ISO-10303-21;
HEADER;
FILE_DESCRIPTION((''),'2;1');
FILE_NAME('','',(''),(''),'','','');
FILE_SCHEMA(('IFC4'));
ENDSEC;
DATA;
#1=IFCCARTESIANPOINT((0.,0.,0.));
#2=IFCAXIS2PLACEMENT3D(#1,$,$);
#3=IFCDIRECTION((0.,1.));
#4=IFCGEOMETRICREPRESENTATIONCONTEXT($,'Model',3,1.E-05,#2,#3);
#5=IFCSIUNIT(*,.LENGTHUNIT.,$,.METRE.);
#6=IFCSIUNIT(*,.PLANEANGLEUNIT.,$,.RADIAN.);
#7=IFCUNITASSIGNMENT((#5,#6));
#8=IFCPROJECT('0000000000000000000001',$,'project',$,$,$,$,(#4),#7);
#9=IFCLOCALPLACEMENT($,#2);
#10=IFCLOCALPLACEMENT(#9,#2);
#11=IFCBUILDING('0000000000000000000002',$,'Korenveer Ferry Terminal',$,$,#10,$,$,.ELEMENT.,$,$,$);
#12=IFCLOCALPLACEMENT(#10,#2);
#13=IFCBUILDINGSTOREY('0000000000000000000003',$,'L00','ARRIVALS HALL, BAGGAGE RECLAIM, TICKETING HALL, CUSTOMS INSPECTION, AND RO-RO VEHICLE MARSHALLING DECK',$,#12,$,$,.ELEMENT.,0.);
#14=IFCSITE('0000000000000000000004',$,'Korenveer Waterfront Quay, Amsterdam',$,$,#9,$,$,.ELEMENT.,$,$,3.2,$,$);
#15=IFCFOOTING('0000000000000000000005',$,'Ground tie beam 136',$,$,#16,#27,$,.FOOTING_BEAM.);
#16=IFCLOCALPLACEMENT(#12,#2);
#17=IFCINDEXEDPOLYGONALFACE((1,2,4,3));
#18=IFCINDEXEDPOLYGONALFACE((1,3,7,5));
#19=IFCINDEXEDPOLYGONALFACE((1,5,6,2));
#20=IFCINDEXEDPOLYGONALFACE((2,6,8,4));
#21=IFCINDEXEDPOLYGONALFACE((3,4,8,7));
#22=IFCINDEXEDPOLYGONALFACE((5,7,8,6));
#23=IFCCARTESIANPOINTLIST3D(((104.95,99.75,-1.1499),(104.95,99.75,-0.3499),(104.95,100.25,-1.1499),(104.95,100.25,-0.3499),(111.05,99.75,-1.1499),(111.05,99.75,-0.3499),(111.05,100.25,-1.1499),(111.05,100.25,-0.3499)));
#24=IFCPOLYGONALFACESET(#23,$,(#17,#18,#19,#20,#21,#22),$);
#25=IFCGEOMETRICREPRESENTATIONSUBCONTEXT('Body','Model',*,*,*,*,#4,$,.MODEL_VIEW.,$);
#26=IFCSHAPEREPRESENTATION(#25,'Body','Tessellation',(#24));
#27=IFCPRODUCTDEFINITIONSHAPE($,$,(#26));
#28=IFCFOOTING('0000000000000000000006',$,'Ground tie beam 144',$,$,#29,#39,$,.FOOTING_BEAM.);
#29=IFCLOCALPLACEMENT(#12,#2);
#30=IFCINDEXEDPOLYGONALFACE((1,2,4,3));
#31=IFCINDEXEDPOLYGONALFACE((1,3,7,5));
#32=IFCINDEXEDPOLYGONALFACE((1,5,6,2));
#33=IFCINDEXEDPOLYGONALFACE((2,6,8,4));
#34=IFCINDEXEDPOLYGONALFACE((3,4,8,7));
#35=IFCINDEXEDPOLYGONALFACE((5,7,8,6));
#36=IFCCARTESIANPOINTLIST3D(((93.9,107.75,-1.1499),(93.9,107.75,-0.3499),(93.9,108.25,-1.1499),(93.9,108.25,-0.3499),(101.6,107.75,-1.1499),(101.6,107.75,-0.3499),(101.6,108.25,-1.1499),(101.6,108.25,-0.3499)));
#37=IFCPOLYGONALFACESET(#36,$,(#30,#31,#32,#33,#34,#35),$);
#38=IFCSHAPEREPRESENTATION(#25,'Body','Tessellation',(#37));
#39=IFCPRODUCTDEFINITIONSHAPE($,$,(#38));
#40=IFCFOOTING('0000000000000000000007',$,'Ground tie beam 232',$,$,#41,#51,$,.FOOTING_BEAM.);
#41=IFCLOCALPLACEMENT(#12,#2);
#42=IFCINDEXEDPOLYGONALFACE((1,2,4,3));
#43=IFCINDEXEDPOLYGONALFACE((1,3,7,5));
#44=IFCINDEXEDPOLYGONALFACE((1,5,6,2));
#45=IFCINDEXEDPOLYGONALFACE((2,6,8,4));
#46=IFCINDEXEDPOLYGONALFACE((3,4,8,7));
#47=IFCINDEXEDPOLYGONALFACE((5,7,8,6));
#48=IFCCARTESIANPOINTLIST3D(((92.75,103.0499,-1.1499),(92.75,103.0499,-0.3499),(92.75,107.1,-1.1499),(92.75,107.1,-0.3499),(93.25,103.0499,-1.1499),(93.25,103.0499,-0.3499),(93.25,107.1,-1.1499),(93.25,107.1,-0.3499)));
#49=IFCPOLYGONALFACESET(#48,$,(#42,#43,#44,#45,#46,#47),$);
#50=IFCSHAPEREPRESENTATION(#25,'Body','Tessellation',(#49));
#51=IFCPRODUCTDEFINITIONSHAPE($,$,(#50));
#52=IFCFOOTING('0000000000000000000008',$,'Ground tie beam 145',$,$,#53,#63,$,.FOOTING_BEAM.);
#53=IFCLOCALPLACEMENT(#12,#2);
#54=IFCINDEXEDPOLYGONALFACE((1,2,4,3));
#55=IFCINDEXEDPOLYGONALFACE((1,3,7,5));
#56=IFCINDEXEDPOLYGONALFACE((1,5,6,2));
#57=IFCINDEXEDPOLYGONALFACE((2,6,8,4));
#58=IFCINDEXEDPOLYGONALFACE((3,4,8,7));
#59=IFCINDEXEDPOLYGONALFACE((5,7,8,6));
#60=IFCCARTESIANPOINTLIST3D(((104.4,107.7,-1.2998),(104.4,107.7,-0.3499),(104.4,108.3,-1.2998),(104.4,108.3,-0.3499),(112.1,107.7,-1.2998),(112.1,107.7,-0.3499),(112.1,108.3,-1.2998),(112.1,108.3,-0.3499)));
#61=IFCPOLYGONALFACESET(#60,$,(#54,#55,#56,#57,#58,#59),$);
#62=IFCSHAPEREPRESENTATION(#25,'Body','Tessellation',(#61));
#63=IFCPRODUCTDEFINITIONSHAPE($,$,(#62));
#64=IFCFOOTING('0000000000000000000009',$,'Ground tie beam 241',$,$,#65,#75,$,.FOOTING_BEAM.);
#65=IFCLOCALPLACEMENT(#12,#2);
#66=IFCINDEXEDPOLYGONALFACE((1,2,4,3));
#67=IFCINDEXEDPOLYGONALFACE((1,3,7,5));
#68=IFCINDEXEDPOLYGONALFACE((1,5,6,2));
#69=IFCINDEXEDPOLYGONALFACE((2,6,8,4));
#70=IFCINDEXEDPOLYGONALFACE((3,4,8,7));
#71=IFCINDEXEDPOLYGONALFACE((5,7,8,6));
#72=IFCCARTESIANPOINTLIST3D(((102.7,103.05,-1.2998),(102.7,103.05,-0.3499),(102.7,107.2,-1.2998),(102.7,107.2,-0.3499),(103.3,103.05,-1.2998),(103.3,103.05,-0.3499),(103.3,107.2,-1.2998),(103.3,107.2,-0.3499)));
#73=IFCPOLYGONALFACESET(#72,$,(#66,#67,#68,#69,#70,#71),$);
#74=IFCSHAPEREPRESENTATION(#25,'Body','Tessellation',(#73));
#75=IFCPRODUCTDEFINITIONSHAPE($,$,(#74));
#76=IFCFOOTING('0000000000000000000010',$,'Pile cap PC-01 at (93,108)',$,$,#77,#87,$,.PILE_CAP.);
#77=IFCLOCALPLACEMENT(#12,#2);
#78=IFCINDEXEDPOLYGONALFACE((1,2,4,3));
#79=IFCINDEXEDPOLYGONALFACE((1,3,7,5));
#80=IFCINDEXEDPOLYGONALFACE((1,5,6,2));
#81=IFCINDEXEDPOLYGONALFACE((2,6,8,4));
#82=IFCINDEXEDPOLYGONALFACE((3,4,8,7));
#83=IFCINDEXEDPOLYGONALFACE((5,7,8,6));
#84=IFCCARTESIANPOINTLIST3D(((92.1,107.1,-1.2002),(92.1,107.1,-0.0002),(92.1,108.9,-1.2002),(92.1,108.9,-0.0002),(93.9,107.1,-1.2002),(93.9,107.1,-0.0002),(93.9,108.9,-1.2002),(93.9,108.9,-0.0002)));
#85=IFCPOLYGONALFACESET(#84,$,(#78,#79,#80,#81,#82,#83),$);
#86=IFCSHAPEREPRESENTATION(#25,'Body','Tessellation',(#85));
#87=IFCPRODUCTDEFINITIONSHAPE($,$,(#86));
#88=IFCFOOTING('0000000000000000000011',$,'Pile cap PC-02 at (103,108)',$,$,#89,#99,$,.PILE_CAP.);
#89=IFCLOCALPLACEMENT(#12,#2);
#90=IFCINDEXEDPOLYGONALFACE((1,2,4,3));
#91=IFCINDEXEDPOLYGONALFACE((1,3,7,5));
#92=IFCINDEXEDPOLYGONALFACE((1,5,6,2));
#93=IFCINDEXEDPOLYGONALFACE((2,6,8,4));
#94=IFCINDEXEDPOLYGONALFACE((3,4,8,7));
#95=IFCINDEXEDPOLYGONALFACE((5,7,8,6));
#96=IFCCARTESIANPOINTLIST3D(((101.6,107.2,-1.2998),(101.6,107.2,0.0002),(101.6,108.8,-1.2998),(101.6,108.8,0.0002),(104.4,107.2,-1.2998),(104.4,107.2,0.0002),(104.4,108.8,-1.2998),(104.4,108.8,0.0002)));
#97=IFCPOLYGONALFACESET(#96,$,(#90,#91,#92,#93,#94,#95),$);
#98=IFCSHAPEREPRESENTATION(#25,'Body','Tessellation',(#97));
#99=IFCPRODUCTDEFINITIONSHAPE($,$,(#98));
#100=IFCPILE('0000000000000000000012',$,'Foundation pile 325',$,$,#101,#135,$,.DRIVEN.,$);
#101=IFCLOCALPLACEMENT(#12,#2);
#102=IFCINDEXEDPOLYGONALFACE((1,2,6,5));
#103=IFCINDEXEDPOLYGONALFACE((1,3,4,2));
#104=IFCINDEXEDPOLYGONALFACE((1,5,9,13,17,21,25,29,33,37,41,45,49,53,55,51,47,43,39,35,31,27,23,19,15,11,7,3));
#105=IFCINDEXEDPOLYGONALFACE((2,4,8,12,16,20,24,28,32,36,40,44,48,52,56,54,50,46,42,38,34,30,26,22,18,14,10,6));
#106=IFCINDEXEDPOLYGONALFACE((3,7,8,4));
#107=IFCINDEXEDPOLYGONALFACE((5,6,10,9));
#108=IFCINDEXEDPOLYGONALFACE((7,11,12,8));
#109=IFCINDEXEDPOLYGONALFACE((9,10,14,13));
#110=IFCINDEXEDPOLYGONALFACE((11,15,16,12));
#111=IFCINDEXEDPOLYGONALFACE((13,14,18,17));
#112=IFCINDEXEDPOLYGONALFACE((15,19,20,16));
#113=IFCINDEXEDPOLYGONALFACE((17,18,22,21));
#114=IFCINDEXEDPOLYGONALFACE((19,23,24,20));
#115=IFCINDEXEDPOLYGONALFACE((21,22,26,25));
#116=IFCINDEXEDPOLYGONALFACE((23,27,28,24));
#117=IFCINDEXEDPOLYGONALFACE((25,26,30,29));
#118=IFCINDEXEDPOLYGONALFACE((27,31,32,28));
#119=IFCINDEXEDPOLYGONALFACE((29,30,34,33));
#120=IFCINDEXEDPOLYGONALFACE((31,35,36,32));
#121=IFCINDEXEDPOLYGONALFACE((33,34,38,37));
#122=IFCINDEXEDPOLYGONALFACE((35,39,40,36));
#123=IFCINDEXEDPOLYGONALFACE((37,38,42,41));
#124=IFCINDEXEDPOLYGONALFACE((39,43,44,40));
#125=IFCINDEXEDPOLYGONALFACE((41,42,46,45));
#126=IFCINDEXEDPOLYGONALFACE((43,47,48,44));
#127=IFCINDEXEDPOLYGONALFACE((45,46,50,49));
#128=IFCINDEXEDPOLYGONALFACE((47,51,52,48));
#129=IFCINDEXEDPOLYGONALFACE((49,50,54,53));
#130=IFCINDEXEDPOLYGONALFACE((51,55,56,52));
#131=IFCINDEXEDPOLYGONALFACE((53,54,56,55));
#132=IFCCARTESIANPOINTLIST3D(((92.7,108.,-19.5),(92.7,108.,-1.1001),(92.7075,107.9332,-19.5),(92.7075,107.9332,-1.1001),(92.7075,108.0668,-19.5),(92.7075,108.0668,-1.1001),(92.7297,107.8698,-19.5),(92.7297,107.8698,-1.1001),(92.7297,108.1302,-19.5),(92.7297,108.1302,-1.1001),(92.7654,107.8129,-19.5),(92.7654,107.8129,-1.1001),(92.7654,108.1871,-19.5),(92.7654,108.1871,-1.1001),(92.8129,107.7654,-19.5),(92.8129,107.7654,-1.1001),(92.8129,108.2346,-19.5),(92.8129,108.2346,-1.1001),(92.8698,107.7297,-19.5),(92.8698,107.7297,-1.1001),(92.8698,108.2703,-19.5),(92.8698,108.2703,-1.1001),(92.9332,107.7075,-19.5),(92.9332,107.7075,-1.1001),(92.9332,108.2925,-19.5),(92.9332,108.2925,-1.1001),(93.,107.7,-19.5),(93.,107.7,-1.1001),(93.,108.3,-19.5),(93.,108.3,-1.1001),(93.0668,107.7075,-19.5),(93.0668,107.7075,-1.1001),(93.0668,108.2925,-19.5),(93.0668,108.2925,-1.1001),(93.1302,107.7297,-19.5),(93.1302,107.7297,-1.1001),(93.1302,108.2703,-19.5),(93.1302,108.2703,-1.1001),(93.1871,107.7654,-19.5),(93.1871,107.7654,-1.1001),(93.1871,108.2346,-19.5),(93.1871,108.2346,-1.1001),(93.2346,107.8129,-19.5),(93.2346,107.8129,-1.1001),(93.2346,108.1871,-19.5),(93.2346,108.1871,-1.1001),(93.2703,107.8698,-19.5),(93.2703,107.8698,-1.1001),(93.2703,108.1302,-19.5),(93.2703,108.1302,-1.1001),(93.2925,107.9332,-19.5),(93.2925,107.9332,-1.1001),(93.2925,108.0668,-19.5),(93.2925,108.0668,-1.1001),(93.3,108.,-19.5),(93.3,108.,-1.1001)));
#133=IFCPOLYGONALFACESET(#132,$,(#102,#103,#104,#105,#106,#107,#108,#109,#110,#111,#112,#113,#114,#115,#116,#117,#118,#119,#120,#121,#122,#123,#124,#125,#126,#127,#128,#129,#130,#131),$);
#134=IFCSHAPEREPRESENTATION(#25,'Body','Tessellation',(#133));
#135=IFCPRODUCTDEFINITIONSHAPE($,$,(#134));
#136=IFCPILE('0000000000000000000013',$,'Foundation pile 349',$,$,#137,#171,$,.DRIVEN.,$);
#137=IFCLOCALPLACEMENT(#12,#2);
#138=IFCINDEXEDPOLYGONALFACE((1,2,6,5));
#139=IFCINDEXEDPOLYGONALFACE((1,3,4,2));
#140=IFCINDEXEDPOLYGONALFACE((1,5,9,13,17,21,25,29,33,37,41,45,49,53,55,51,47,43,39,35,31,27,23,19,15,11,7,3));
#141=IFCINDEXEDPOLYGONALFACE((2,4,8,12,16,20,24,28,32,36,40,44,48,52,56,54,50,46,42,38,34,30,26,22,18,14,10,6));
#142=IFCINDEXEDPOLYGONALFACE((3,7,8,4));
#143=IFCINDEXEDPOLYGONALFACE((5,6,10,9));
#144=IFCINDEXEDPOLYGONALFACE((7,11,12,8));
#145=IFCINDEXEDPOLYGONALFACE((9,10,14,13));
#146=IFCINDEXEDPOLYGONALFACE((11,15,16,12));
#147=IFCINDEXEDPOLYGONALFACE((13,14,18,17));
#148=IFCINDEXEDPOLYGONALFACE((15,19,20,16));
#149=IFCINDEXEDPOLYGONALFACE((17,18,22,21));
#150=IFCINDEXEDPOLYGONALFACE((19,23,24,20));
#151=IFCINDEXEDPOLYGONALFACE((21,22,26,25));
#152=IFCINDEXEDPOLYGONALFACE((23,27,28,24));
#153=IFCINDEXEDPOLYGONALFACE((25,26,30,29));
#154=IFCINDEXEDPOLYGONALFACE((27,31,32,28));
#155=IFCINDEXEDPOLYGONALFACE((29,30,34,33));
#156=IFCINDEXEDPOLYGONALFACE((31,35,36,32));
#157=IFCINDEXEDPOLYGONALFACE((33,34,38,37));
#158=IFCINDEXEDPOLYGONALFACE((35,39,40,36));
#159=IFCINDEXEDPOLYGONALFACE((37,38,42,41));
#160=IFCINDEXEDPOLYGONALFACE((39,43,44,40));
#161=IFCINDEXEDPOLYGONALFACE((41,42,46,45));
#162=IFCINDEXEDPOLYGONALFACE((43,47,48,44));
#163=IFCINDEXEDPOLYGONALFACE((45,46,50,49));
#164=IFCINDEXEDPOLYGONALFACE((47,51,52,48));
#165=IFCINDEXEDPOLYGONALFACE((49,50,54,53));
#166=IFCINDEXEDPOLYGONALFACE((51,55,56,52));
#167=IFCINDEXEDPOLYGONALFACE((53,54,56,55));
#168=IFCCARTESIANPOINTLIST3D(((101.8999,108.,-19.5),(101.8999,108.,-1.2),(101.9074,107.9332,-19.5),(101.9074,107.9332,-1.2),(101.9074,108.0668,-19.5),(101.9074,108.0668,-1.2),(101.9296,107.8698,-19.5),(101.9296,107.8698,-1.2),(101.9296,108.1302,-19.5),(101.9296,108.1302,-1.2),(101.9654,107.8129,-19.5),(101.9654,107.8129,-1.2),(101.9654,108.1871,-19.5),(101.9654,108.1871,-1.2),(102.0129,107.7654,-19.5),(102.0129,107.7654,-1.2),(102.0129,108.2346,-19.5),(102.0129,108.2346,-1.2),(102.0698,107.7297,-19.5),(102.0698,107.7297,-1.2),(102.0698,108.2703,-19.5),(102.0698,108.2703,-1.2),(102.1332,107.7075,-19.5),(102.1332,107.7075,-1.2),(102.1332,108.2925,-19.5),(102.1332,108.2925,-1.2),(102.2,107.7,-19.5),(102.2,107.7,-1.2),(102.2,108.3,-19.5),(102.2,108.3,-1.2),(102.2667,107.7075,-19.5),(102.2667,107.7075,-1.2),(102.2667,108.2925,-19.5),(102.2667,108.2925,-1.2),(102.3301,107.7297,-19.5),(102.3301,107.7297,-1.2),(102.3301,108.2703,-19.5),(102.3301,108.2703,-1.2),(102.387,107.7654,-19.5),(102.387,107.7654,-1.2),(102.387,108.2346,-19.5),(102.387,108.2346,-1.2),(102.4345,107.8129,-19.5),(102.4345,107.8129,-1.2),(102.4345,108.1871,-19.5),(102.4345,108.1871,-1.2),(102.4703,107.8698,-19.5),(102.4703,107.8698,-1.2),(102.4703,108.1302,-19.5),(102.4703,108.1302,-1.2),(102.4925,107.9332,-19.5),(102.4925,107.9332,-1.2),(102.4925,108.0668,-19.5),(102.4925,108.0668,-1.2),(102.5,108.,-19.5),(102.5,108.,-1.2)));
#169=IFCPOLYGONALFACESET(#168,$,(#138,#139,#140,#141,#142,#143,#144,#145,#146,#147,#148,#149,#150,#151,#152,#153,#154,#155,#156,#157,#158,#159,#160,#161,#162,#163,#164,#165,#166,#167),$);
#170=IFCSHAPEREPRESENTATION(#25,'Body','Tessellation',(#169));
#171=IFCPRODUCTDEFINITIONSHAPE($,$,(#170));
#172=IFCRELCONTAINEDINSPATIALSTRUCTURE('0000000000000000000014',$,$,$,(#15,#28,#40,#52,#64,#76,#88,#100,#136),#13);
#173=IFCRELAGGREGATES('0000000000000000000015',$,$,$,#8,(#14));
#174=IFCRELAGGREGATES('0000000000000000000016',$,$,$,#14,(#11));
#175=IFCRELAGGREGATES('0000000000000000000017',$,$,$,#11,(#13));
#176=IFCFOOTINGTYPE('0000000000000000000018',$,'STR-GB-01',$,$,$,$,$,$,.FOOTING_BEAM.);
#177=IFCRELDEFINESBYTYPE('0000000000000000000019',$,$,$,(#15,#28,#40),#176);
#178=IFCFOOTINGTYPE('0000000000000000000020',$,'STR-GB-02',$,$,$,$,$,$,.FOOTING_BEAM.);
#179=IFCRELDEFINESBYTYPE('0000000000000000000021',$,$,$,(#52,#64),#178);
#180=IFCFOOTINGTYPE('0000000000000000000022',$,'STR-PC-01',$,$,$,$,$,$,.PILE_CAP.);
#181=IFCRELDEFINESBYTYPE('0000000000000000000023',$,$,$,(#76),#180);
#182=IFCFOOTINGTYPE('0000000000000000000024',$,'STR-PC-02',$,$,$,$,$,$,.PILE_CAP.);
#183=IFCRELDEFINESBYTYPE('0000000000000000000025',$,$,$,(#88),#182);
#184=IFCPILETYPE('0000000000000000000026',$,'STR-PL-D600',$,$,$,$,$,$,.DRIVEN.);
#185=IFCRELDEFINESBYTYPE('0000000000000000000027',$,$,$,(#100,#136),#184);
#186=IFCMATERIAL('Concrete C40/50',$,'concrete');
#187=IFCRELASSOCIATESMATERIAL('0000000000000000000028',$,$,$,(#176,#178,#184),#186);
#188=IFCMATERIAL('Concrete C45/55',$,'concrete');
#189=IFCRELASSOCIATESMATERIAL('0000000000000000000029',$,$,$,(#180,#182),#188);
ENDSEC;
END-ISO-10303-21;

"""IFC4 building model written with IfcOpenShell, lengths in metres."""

from ifc_helpers import new_model, si_unit, direction, frame, origin, origin_2d, place, context, subcontext, project, spatial, rectangle, circle, extrude, material, material_profile, profile_set, type_object, element, save


model = new_model("IFC4")

# Units and contexts
model_context = context("Model", 3, precision=1e-05, world=origin(), true_north=direction((0.0, 1.0)))
body_context = subcontext(model_context, "Body", "Model", "MODEL_VIEW")
ifc_project = project(units=[si_unit("LENGTHUNIT", "METRE"), si_unit("PLANEANGLEUNIT", "RADIAN")], contexts=[model_context])

# Site, building, storey
site_placement = place(None, origin())
site = spatial("IfcSite", under=ifc_project, at=site_placement, Name="Korenveer Waterfront Quay, Amsterdam", CompositionType="ELEMENT", RefElevation=3.2)
building_placement = place(site_placement, origin())
building = spatial("IfcBuilding", under=site, at=building_placement, Name="Korenveer Ferry Terminal", CompositionType="ELEMENT")
storey_placement = place(building_placement, origin())
storey = spatial("IfcBuildingStorey", under=building, at=storey_placement, Name="L00", Description="ARRIVALS HALL, BAGGAGE RECLAIM, TICKETING HALL, CUSTOMS INSPECTION, AND RO-RO VEHICLE MARSHALLING DECK", CompositionType="ELEMENT", Elevation=0.0)

# Footings
ifc_material_1 = material(Name="Concrete C40/50", Category="concrete")
footing_type_1 = type_object("IfcFootingType", Name="STR-GB-01", PredefinedType="FOOTING_BEAM", material=ifc_material_1)
footing_1_placement = place(storey_placement, frame((108.0, 100.0, -1.1499), z_axis=(0.0, 0.0, 1.0), x_axis=(1.0, 0.0, 0.0)))
element("IfcFooting", 1, at=footing_1_placement, inside=storey, type_object=footing_type_1, Name="Ground tie beam 136", PredefinedType="FOOTING_BEAM", context=body_context, shape_type="SweptSolid", body=[
    extrude(rectangle(XDim=6.1001, YDim=0.5, at=origin_2d()), origin(), (0.0, 0.0, 1.0), 0.8),
])
footing_2_placement = place(storey_placement, frame((97.75, 108.0, -1.1499), z_axis=(0.0, 0.0, 1.0), x_axis=(1.0, 0.0, 0.0)))
element("IfcFooting", 2, at=footing_2_placement, inside=storey, type_object=footing_type_1, Name="Ground tie beam 144", PredefinedType="FOOTING_BEAM", context=body_context, shape_type="SweptSolid", body=[
    extrude(rectangle(XDim=7.7, YDim=0.5, at=origin_2d()), origin(), (0.0, 0.0, 1.0), 0.8),
])
footing_3_placement = place(storey_placement, frame((93.0, 105.075, -1.1499), z_axis=(0.0, 0.0, 1.0), x_axis=(1.0, 0.0, 0.0)))
element("IfcFooting", 3, at=footing_3_placement, inside=storey, type_object=footing_type_1, Name="Ground tie beam 232", PredefinedType="FOOTING_BEAM", context=body_context, shape_type="SweptSolid", body=[
    extrude(rectangle(XDim=0.5, YDim=4.05, at=origin_2d()), origin(), (0.0, 0.0, 1.0), 0.8),
])
footing_type_2 = type_object("IfcFootingType", Name="STR-GB-02", PredefinedType="FOOTING_BEAM", material=ifc_material_1)
footing_4_placement = place(storey_placement, frame((108.25, 108.0, -1.2998), z_axis=(0.0, 0.0, 1.0), x_axis=(1.0, 0.0, 0.0)))
element("IfcFooting", 4, at=footing_4_placement, inside=storey, type_object=footing_type_2, Name="Ground tie beam 145", PredefinedType="FOOTING_BEAM", context=body_context, shape_type="SweptSolid", body=[
    extrude(rectangle(XDim=7.7, YDim=0.6001, at=origin_2d()), origin(), (0.0, 0.0, 1.0), 0.95),
])
footing_5_placement = place(storey_placement, frame((103.0, 105.125, -1.2998), z_axis=(0.0, 0.0, 1.0), x_axis=(1.0, 0.0, 0.0)))
element("IfcFooting", 5, at=footing_5_placement, inside=storey, type_object=footing_type_2, Name="Ground tie beam 241", PredefinedType="FOOTING_BEAM", context=body_context, shape_type="SweptSolid", body=[
    extrude(rectangle(XDim=0.6001, YDim=4.1499, at=origin_2d()), origin(), (0.0, 0.0, 1.0), 0.95),
])
ifc_material_2 = material(Name="Concrete C45/55", Category="concrete")
footing_type_3 = type_object("IfcFootingType", Name="STR-PC-01", PredefinedType="PILE_CAP", material=ifc_material_2)
footing_6_placement = place(storey_placement, frame((93.0, 108.0, -1.2002), z_axis=(0.0, 0.0, 1.0), x_axis=(1.0, 0.0, 0.0)))
element("IfcFooting", 6, at=footing_6_placement, inside=storey, type_object=footing_type_3, Name="Pile cap PC-01 at (93,108)", PredefinedType="PILE_CAP", context=body_context, shape_type="SweptSolid", body=[
    extrude(rectangle(XDim=1.8, YDim=1.8, at=origin_2d()), origin(), (0.0, 0.0, 1.0), 1.2),
])
footing_type_4 = type_object("IfcFootingType", Name="STR-PC-02", PredefinedType="PILE_CAP", material=ifc_material_2)
footing_7_placement = place(storey_placement, frame((103.0, 108.0, -1.2998), z_axis=(0.0, 0.0, 1.0), x_axis=(1.0, 0.0, 0.0)))
element("IfcFooting", 7, at=footing_7_placement, inside=storey, type_object=footing_type_4, Name="Pile cap PC-02 at (103,108)", PredefinedType="PILE_CAP", context=body_context, shape_type="SweptSolid", body=[
    extrude(rectangle(XDim=2.8, YDim=1.6001, at=origin_2d()), origin(), (0.0, 0.0, 1.0), 1.3),
])

# Piles
ifc_material_profile_1 = material_profile(ifc_material_1, circle(Radius=0.3, at=origin_2d()), Name="PILE D600")
ifc_profile_set_1 = profile_set([ifc_material_profile_1], Name="Concrete C40/50")
pile_type_1 = type_object("IfcPileType", Name="STR-PL-D600", PredefinedType="DRIVEN", material=ifc_profile_set_1)
pile_placement = place(storey_placement, frame((93.0, 108.0, -1.1001), z_axis=(0.0, 0.0, -1.0), x_axis=(1.0, 0.0, 0.0)))
element("IfcPile", 8, at=pile_placement, inside=storey, type_object=pile_type_1, Name="Foundation pile 325", PredefinedType="DRIVEN", context=body_context, shape_type="SweptSolid", body=[
    extrude(circle(Radius=0.3, at=origin_2d()), origin(), (0.0, 0.0, 1.0), 18.3999),
])
for number, where, z_axis, x_axis, name in (
    (9, (102.2, 108.0, -1.2), (0.0, 0.0, -1.0), (1.0, 0.0, 0.0), "Foundation pile 349"),
):
    element("IfcPile", number, at=place(storey_placement, frame(where, z_axis=z_axis, x_axis=x_axis)), inside=storey, type_object=pile_type_1, Name=name, PredefinedType="DRIVEN", context=body_context, shape_type="SweptSolid", body=[
        extrude(circle(Radius=0.3, at=origin_2d()), origin(), (0.0, 0.0, 1.0), 18.3),
    ])

save(model, "model.ifc")
